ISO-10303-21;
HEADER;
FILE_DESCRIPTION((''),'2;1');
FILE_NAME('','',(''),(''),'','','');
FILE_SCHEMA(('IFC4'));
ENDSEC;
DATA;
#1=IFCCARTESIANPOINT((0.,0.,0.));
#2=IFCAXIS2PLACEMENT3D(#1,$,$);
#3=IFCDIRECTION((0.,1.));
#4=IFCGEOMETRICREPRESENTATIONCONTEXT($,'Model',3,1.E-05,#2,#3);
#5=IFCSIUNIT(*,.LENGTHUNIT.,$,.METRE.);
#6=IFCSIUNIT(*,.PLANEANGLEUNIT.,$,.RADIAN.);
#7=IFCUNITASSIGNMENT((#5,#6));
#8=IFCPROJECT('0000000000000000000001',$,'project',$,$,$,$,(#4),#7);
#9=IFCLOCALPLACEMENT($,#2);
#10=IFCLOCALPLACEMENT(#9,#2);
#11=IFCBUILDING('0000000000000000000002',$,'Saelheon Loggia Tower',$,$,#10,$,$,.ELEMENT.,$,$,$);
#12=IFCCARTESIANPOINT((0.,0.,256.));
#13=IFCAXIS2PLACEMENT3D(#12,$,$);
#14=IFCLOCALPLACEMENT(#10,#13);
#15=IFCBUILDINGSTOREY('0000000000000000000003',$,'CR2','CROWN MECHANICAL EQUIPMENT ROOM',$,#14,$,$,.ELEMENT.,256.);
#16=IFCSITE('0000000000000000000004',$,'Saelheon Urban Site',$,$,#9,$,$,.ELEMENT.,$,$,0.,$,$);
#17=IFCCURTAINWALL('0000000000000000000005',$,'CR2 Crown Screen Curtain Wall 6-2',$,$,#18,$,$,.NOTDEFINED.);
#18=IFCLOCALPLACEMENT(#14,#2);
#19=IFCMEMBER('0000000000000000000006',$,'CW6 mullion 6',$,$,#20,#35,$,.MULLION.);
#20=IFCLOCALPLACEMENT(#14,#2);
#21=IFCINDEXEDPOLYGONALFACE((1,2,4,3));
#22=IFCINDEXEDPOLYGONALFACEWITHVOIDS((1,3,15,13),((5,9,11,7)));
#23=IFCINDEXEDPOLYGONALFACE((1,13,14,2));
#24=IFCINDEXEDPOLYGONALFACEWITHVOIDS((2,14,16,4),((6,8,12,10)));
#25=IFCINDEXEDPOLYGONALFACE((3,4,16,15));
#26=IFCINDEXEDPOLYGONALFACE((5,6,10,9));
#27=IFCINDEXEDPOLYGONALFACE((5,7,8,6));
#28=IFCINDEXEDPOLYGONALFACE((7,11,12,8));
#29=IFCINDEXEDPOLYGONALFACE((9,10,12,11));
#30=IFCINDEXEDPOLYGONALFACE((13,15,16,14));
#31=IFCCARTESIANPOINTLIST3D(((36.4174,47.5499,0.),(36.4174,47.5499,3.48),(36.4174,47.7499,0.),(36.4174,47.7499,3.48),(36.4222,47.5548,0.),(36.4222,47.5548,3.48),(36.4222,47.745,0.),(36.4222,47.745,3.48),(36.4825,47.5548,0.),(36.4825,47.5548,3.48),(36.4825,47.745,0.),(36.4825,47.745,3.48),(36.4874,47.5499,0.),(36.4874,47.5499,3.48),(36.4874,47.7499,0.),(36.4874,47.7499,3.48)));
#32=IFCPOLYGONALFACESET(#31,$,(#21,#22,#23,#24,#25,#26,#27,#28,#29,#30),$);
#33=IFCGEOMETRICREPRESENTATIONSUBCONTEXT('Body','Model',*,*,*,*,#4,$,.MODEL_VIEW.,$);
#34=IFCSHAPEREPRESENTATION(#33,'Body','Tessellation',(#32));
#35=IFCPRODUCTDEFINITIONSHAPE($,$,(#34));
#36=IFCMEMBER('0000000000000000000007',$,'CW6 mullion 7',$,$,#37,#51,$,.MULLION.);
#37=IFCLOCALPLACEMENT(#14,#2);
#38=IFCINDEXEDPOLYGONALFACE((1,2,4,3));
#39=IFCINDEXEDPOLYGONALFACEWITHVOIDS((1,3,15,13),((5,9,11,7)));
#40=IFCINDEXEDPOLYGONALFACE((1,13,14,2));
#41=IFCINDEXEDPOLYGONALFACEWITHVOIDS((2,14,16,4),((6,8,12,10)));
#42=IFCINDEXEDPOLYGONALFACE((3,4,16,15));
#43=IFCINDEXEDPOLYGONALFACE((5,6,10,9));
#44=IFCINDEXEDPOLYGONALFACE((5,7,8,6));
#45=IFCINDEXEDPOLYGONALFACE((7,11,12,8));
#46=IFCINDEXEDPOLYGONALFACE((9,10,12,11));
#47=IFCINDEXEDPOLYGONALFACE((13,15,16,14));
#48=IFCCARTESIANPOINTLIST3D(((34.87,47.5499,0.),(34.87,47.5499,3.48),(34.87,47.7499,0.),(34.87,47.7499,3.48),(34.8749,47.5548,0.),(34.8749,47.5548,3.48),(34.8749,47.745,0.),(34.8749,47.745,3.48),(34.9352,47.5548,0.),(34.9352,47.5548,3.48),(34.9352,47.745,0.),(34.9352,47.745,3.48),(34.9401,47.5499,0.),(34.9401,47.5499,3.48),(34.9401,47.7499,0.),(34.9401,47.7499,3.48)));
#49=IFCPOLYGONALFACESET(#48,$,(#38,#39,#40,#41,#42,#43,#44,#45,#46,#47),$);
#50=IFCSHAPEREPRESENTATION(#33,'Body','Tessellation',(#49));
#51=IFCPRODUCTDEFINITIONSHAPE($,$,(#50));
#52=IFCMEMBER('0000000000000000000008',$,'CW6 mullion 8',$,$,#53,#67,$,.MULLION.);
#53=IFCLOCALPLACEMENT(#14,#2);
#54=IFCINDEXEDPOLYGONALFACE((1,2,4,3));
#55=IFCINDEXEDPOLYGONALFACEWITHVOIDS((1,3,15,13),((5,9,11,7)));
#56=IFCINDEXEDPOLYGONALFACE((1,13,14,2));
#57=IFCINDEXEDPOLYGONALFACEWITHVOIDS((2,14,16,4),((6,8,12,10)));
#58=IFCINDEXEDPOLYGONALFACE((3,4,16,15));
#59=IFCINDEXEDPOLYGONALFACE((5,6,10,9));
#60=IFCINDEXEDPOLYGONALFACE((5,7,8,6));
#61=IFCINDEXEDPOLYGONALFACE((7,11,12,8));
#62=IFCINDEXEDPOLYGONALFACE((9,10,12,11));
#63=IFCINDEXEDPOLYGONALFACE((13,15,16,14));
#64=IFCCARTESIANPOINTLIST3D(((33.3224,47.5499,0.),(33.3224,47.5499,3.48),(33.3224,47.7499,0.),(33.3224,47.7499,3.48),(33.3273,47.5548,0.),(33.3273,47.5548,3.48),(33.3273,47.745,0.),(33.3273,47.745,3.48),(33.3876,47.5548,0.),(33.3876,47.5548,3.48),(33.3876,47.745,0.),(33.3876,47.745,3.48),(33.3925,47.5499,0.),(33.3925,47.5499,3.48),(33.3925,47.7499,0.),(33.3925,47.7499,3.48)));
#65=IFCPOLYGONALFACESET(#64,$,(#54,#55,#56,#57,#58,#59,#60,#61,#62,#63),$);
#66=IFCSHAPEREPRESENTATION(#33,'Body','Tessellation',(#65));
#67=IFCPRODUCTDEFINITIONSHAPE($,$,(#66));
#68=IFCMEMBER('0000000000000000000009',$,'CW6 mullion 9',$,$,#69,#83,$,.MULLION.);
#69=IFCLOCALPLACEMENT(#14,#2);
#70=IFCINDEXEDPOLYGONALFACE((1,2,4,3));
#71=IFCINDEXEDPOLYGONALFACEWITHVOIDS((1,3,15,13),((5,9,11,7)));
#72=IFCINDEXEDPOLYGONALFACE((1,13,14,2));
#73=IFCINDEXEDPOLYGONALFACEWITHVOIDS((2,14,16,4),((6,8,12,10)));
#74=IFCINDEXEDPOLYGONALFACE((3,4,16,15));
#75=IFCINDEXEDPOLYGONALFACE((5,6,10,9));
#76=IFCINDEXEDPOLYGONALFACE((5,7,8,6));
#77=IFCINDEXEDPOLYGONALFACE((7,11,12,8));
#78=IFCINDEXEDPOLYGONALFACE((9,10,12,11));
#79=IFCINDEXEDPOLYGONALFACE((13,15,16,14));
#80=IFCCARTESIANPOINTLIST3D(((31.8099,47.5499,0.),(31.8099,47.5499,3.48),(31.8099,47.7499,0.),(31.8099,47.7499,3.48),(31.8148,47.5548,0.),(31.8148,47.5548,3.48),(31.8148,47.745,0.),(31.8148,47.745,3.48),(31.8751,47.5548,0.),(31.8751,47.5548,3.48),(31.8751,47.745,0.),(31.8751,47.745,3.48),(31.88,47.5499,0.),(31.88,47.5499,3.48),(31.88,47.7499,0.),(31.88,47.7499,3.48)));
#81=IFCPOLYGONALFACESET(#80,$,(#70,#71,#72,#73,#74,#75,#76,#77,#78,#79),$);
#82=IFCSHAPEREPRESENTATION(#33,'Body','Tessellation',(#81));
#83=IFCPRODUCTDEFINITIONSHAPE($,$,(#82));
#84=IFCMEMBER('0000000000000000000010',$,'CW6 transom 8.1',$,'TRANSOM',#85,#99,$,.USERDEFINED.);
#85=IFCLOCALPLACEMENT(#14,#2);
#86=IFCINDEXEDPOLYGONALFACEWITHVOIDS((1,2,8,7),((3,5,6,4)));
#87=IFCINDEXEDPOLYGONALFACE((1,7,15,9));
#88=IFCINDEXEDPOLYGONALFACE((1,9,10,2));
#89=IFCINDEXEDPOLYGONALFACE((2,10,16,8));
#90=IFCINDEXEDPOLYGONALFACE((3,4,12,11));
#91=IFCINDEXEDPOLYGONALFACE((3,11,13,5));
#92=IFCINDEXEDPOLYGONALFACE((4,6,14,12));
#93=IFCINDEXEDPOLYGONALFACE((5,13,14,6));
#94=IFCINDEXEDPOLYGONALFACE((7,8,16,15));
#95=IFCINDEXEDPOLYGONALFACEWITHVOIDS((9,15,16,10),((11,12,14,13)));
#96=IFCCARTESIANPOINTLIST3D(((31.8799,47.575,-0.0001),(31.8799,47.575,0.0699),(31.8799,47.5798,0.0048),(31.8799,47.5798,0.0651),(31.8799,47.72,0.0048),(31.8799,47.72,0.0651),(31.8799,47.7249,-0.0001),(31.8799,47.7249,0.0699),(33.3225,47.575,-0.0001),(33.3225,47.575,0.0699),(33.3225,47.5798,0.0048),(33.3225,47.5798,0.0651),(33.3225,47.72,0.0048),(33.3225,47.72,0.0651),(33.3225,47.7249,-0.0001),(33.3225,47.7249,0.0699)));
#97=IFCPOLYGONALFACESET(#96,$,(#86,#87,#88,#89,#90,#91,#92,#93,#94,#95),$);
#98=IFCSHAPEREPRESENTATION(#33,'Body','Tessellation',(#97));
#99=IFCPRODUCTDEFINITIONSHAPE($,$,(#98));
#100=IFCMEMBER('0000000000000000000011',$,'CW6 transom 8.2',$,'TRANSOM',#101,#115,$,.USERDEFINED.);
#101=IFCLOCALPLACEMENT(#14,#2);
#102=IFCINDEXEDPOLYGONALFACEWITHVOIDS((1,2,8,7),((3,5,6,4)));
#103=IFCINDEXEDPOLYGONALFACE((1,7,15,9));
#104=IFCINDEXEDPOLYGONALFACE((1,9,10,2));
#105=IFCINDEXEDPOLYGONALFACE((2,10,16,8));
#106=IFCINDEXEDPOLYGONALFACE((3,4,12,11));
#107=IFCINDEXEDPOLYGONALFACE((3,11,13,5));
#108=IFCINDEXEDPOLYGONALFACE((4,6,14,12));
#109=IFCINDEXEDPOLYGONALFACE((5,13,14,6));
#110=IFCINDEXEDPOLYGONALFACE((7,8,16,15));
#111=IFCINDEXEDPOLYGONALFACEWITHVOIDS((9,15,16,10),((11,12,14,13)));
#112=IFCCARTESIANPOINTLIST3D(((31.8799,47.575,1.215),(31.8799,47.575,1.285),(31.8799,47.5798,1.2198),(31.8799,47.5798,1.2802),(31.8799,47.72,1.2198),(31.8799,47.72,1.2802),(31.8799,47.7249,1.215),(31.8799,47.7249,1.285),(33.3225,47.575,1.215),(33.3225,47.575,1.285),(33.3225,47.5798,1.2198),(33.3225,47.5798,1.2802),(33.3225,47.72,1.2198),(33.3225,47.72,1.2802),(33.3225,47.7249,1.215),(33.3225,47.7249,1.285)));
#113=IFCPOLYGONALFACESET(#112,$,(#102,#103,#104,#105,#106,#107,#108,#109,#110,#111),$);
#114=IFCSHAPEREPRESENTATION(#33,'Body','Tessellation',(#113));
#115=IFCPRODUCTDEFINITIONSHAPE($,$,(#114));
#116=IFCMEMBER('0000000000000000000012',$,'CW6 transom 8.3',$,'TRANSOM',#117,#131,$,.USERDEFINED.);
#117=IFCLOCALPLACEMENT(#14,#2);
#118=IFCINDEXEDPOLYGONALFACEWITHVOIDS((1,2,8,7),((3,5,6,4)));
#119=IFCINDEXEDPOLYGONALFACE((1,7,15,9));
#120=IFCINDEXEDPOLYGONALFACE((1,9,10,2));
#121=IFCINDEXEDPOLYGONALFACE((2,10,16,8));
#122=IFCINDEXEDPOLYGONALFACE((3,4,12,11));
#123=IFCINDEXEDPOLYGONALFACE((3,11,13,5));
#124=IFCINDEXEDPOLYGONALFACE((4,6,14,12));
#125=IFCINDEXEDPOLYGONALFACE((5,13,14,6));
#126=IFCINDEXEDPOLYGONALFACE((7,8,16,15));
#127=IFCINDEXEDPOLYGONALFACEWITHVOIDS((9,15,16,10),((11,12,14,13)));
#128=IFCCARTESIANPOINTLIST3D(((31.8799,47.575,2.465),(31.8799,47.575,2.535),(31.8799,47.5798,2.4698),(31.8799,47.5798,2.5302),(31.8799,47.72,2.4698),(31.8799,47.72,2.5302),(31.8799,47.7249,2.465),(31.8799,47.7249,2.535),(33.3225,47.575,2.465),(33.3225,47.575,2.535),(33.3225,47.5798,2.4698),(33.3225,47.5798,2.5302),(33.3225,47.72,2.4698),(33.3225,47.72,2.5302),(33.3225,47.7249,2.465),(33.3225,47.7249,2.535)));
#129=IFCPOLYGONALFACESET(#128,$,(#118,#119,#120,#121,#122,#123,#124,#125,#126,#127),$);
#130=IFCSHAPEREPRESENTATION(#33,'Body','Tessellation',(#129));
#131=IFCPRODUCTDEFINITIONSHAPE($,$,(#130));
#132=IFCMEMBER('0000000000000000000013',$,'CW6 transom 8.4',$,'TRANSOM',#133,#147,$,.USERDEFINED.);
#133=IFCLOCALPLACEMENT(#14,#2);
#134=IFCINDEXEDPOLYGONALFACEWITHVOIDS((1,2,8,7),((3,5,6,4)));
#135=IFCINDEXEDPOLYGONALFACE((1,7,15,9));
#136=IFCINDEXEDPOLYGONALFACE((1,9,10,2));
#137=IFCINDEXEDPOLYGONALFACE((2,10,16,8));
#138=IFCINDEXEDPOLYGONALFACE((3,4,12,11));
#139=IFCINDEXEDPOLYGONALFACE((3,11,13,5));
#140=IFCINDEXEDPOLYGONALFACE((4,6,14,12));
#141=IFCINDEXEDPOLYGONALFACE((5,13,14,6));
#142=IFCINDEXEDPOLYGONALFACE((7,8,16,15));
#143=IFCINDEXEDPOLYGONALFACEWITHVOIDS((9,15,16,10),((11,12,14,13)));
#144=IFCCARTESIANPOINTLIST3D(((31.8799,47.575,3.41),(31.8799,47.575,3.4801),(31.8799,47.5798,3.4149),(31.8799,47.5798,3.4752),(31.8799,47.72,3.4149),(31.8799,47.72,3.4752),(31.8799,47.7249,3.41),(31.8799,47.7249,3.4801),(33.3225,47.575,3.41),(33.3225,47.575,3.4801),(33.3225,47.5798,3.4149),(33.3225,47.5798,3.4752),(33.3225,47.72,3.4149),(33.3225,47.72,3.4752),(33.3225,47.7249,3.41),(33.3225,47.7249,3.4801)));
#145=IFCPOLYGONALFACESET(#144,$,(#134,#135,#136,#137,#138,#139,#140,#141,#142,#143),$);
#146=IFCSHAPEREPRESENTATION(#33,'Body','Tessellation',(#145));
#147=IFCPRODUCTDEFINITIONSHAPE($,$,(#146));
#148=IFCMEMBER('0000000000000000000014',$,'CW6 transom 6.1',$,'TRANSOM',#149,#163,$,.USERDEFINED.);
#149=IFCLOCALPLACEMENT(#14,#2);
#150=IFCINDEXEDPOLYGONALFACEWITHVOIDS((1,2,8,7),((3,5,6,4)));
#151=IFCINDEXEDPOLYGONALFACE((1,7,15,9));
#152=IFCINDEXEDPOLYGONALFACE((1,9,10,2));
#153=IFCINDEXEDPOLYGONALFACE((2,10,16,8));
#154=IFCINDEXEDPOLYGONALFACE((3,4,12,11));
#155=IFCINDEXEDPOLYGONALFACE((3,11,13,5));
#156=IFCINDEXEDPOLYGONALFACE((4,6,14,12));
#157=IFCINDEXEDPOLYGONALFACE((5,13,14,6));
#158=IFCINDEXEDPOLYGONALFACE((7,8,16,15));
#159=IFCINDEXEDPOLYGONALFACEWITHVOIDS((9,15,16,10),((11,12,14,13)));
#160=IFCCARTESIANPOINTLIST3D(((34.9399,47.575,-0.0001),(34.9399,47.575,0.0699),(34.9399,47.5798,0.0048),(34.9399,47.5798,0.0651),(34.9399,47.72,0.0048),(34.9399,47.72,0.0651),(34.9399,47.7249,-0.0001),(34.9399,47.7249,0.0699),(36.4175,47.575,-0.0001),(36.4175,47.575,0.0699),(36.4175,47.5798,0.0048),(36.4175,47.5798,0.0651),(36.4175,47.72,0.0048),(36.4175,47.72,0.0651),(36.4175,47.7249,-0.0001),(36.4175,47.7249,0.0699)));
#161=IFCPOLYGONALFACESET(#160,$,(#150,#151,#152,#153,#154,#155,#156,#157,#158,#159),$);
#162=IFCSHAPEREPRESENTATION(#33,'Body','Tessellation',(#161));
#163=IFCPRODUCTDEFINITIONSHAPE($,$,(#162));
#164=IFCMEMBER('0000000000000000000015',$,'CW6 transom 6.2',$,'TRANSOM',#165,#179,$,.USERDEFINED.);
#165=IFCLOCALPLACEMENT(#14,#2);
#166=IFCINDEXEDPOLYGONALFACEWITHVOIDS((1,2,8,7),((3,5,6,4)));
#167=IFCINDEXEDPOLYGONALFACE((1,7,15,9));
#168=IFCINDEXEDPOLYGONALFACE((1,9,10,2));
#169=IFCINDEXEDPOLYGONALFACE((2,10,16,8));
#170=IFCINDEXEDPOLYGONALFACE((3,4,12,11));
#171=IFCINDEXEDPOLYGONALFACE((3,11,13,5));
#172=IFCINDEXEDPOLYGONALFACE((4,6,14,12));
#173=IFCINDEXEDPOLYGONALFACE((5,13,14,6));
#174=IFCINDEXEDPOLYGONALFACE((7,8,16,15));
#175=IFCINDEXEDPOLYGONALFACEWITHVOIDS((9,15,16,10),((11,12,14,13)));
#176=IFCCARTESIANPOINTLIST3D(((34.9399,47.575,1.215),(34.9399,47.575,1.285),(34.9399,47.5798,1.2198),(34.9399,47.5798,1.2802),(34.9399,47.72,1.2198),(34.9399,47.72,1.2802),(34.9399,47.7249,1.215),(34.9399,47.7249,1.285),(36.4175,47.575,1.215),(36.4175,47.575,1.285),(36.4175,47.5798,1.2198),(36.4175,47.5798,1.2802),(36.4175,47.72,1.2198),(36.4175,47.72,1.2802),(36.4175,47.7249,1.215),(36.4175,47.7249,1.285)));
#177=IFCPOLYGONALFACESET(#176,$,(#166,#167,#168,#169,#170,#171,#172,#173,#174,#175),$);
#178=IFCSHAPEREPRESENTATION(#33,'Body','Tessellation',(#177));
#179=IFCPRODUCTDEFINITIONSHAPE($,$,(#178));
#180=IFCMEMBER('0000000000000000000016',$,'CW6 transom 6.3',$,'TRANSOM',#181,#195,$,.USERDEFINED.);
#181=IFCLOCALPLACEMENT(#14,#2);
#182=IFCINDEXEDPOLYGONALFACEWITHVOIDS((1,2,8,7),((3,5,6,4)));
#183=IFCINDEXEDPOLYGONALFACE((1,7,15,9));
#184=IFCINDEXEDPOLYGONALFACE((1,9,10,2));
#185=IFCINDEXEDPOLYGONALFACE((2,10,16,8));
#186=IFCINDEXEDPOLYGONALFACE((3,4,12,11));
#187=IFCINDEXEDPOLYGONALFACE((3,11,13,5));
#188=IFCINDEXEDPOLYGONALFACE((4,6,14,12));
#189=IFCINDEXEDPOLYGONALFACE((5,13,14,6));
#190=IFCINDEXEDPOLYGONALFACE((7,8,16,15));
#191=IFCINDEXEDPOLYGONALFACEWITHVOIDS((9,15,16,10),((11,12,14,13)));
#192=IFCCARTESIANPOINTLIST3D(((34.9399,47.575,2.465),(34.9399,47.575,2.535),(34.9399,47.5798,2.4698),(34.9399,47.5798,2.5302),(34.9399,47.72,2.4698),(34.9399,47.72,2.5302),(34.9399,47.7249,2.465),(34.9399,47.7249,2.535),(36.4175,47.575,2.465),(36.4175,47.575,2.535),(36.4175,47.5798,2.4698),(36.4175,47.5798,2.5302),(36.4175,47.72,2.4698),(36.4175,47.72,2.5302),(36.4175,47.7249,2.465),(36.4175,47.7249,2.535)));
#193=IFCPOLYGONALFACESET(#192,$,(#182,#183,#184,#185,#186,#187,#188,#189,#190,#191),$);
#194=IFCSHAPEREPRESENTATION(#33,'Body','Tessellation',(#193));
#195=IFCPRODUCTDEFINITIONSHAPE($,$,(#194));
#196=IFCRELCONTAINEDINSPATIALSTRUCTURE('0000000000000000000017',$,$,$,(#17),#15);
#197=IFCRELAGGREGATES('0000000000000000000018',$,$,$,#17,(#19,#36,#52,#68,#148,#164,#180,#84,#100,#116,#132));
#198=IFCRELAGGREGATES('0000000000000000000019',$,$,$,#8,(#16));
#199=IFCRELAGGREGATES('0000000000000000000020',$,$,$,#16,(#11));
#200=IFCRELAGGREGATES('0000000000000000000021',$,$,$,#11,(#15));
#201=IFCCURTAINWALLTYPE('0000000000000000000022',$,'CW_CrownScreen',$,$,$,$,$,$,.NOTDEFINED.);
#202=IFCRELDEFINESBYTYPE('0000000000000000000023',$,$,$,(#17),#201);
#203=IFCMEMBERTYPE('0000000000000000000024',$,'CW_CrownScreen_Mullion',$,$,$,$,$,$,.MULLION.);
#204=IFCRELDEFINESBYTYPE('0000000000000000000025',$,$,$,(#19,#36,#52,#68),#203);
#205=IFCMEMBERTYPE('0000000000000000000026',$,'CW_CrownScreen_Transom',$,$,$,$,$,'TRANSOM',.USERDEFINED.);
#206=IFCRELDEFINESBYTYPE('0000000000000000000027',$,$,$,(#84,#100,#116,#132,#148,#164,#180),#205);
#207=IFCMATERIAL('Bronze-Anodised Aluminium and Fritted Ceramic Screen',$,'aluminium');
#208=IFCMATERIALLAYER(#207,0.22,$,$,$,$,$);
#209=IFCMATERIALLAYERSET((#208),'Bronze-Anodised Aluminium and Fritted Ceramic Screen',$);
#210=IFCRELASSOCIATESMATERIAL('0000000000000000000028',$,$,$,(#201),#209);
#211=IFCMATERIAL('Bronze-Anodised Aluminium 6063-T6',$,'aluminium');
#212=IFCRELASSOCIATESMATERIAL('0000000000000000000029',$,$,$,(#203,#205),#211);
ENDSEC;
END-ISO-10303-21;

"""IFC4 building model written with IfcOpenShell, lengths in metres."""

from ifc_helpers import new_model, si_unit, direction, frame, origin, origin_2d, place, context, subcontext, project, spatial, hollow_rectangle, extrude, source, transform, mapped, material, layer, layer_set, material_profile, profile_set, type_object, element, aggregate, save


model = new_model("IFC4")

# Units and contexts
model_context = context("Model", 3, precision=1e-05, world=origin(), true_north=direction((0.0, 1.0)))
body_context = subcontext(model_context, "Body", "Model", "MODEL_VIEW")
ifc_project = project(units=[si_unit("LENGTHUNIT", "METRE"), si_unit("PLANEANGLEUNIT", "RADIAN")], contexts=[model_context])

# Site, building, storey
site_placement = place(None, origin())
site = spatial("IfcSite", under=ifc_project, at=site_placement, Name="Saelheon Urban Site", CompositionType="ELEMENT", RefElevation=0.0)
building_placement = place(site_placement, origin())
building = spatial("IfcBuilding", under=site, at=building_placement, Name="Saelheon Loggia Tower", CompositionType="ELEMENT")
storey_placement = place(building_placement, frame((0.0, 0.0, 256.0)))
storey = spatial("IfcBuildingStorey", under=building, at=storey_placement, Name="CR2", Description="CROWN MECHANICAL EQUIPMENT ROOM", CompositionType="ELEMENT", Elevation=256.0)

# Curtain wall, members
ifc_material_1 = material(Name="Bronze-Anodised Aluminium and Fritted Ceramic Screen", Category="aluminium")
ifc_layer_1 = layer(ifc_material_1, 0.22)
ifc_layer_set_1 = layer_set([ifc_layer_1], Name="Bronze-Anodised Aluminium and Fritted Ceramic Screen")
curtain_wall_type = type_object("IfcCurtainWallType", Name="CW_CrownScreen", PredefinedType="NOTDEFINED", material=ifc_layer_set_1)
curtain_wall_placement = place(storey_placement, origin())
curtain_wall = element("IfcCurtainWall", 1, at=curtain_wall_placement, inside=storey, type_object=curtain_wall_type, Name="CR2 Crown Screen Curtain Wall 6-2", PredefinedType="NOTDEFINED")
ifc_material_2 = material(Name="Bronze-Anodised Aluminium 6063-T6", Category="aluminium")
ifc_material_profile_1 = material_profile(ifc_material_2, hollow_rectangle(XDim=0.0701, YDim=0.2, WallThickness=0.0049, at=origin_2d()), Name="RHS-200x70x5")
ifc_profile_set_1 = profile_set([ifc_material_profile_1], Name="Bronze-Anodised Aluminium 6063-T6")
member_type_1 = type_object("IfcMemberType", Name="CW_CrownScreen_Mullion", PredefinedType="MULLION", material=ifc_profile_set_1)
shared_shape_1 = source(origin(), body_context, "Body", "SweptSolid", [
    extrude(hollow_rectangle(XDim=0.0701, YDim=0.2, WallThickness=0.0049, at=origin_2d()), origin(), (0.0, 0.0, 1.0), 3.48),
])
member_1_placement = place(storey_placement, frame((36.4524, 47.6499, 0.0), z_axis=(0.0, 0.0, 1.0), x_axis=(-1.0, 0.0, 0.0)))
member_1 = element("IfcMember", 2, at=member_1_placement, type_object=member_type_1, Name="CW6 mullion 6", PredefinedType="MULLION", context=body_context, shape_type="MappedRepresentation", body=[
    mapped(shared_shape_1, transform((0.0, 0.0, 0.0), scale=1.0)),
])
member_2_placement = place(storey_placement, frame((34.905, 47.6499, 0.0), z_axis=(0.0, 0.0, 1.0), x_axis=(-1.0, 0.0, 0.0)))
member_2 = element("IfcMember", 3, at=member_2_placement, type_object=member_type_1, Name="CW6 mullion 7", PredefinedType="MULLION", context=body_context, shape_type="MappedRepresentation", body=[
    mapped(shared_shape_1, transform((0.0, 0.0, 0.0), scale=1.0)),
])
member_3_placement = place(storey_placement, frame((33.3574, 47.6499, 0.0), z_axis=(0.0, 0.0, 1.0), x_axis=(-1.0, 0.0, 0.0)))
member_3 = element("IfcMember", 4, at=member_3_placement, type_object=member_type_1, Name="CW6 mullion 8", PredefinedType="MULLION", context=body_context, shape_type="MappedRepresentation", body=[
    mapped(shared_shape_1, transform((0.0, 0.0, 0.0), scale=1.0)),
])
member_4_placement = place(storey_placement, frame((31.845, 47.6499, 0.0), z_axis=(0.0, 0.0, 1.0), x_axis=(-1.0, 0.0, 0.0)))
member_4 = element("IfcMember", 5, at=member_4_placement, type_object=member_type_1, Name="CW6 mullion 9", PredefinedType="MULLION", context=body_context, shape_type="MappedRepresentation", body=[
    mapped(shared_shape_1, transform((0.0, 0.0, 0.0), scale=1.0)),
])
ifc_material_profile_2 = material_profile(ifc_material_2, hollow_rectangle(XDim=0.0701, YDim=0.1499, WallThickness=0.0049, at=origin_2d()), Name="RHS-150x70x5")
ifc_profile_set_2 = profile_set([ifc_material_profile_2], Name="Bronze-Anodised Aluminium 6063-T6")
member_type_2 = type_object("IfcMemberType", Name="CW_CrownScreen_Transom", ElementType="TRANSOM", PredefinedType="USERDEFINED", material=ifc_profile_set_2)
shared_shape_2 = source(origin(), body_context, "Body", "SweptSolid", [
    extrude(hollow_rectangle(XDim=0.0701, YDim=0.1499, WallThickness=0.0049, at=origin_2d()), origin(), (0.0, 0.0, 1.0), 1.4426),
])
member_5_placement = place(storey_placement, frame((33.3225, 47.6499, 0.0349), z_axis=(-1.0, 0.0, 0.0), x_axis=(0.0, 0.0, 1.0)))
member_5 = element("IfcMember", 6, at=member_5_placement, type_object=member_type_2, Name="CW6 transom 8.1", ObjectType="TRANSOM", PredefinedType="USERDEFINED", context=body_context, shape_type="MappedRepresentation", body=[
    mapped(shared_shape_2, transform((0.0, 0.0, 0.0), scale=1.0)),
])
member_6_placement = place(storey_placement, frame((33.3225, 47.6499, 1.25), z_axis=(-1.0, 0.0, 0.0), x_axis=(0.0, 0.0, 1.0)))
member_6 = element("IfcMember", 7, at=member_6_placement, type_object=member_type_2, Name="CW6 transom 8.2", ObjectType="TRANSOM", PredefinedType="USERDEFINED", context=body_context, shape_type="MappedRepresentation", body=[
    mapped(shared_shape_2, transform((0.0, 0.0, 0.0), scale=1.0)),
])
member_7_placement = place(storey_placement, frame((33.3225, 47.6499, 2.5), z_axis=(-1.0, 0.0, 0.0), x_axis=(0.0, 0.0, 1.0)))
member_7 = element("IfcMember", 8, at=member_7_placement, type_object=member_type_2, Name="CW6 transom 8.3", ObjectType="TRANSOM", PredefinedType="USERDEFINED", context=body_context, shape_type="MappedRepresentation", body=[
    mapped(shared_shape_2, transform((0.0, 0.0, 0.0), scale=1.0)),
])
member_8_placement = place(storey_placement, frame((33.3225, 47.6499, 3.4451), z_axis=(-1.0, 0.0, 0.0), x_axis=(0.0, 0.0, 1.0)))
member_8 = element("IfcMember", 9, at=member_8_placement, type_object=member_type_2, Name="CW6 transom 8.4", ObjectType="TRANSOM", PredefinedType="USERDEFINED", context=body_context, shape_type="MappedRepresentation", body=[
    mapped(shared_shape_2, transform((0.0, 0.0, 0.0), scale=1.0)),
])
shared_shape_3 = source(origin(), body_context, "Body", "SweptSolid", [
    extrude(hollow_rectangle(XDim=0.0701, YDim=0.1499, WallThickness=0.0049, at=origin_2d()), origin(), (0.0, 0.0, 1.0), 1.4775),
])
member_9_placement = place(storey_placement, frame((36.4175, 47.6499, 0.0349), z_axis=(-1.0, 0.0, 0.0), x_axis=(0.0, 0.0, 1.0)))
member_9 = element("IfcMember", 10, at=member_9_placement, type_object=member_type_2, Name="CW6 transom 6.1", ObjectType="TRANSOM", PredefinedType="USERDEFINED", context=body_context, shape_type="MappedRepresentation", body=[
    mapped(shared_shape_3, transform((0.0, 0.0, 0.0), scale=1.0)),
])
member_10_placement = place(storey_placement, frame((36.4175, 47.6499, 1.25), z_axis=(-1.0, 0.0, 0.0), x_axis=(0.0, 0.0, 1.0)))
member_10 = element("IfcMember", 11, at=member_10_placement, type_object=member_type_2, Name="CW6 transom 6.2", ObjectType="TRANSOM", PredefinedType="USERDEFINED", context=body_context, shape_type="MappedRepresentation", body=[
    mapped(shared_shape_3, transform((0.0, 0.0, 0.0), scale=1.0)),
])
member_11_placement = place(storey_placement, frame((36.4175, 47.6499, 2.5), z_axis=(-1.0, 0.0, 0.0), x_axis=(0.0, 0.0, 1.0)))
member_11 = element("IfcMember", 12, at=member_11_placement, type_object=member_type_2, Name="CW6 transom 6.3", ObjectType="TRANSOM", PredefinedType="USERDEFINED", context=body_context, shape_type="MappedRepresentation", body=[
    mapped(shared_shape_3, transform((0.0, 0.0, 0.0), scale=1.0)),
])
aggregate(curtain_wall, [member_1, member_2, member_3, member_4, member_9, member_10, member_11, member_5, member_6, member_7, member_8])

save(model, "model.ifc")
